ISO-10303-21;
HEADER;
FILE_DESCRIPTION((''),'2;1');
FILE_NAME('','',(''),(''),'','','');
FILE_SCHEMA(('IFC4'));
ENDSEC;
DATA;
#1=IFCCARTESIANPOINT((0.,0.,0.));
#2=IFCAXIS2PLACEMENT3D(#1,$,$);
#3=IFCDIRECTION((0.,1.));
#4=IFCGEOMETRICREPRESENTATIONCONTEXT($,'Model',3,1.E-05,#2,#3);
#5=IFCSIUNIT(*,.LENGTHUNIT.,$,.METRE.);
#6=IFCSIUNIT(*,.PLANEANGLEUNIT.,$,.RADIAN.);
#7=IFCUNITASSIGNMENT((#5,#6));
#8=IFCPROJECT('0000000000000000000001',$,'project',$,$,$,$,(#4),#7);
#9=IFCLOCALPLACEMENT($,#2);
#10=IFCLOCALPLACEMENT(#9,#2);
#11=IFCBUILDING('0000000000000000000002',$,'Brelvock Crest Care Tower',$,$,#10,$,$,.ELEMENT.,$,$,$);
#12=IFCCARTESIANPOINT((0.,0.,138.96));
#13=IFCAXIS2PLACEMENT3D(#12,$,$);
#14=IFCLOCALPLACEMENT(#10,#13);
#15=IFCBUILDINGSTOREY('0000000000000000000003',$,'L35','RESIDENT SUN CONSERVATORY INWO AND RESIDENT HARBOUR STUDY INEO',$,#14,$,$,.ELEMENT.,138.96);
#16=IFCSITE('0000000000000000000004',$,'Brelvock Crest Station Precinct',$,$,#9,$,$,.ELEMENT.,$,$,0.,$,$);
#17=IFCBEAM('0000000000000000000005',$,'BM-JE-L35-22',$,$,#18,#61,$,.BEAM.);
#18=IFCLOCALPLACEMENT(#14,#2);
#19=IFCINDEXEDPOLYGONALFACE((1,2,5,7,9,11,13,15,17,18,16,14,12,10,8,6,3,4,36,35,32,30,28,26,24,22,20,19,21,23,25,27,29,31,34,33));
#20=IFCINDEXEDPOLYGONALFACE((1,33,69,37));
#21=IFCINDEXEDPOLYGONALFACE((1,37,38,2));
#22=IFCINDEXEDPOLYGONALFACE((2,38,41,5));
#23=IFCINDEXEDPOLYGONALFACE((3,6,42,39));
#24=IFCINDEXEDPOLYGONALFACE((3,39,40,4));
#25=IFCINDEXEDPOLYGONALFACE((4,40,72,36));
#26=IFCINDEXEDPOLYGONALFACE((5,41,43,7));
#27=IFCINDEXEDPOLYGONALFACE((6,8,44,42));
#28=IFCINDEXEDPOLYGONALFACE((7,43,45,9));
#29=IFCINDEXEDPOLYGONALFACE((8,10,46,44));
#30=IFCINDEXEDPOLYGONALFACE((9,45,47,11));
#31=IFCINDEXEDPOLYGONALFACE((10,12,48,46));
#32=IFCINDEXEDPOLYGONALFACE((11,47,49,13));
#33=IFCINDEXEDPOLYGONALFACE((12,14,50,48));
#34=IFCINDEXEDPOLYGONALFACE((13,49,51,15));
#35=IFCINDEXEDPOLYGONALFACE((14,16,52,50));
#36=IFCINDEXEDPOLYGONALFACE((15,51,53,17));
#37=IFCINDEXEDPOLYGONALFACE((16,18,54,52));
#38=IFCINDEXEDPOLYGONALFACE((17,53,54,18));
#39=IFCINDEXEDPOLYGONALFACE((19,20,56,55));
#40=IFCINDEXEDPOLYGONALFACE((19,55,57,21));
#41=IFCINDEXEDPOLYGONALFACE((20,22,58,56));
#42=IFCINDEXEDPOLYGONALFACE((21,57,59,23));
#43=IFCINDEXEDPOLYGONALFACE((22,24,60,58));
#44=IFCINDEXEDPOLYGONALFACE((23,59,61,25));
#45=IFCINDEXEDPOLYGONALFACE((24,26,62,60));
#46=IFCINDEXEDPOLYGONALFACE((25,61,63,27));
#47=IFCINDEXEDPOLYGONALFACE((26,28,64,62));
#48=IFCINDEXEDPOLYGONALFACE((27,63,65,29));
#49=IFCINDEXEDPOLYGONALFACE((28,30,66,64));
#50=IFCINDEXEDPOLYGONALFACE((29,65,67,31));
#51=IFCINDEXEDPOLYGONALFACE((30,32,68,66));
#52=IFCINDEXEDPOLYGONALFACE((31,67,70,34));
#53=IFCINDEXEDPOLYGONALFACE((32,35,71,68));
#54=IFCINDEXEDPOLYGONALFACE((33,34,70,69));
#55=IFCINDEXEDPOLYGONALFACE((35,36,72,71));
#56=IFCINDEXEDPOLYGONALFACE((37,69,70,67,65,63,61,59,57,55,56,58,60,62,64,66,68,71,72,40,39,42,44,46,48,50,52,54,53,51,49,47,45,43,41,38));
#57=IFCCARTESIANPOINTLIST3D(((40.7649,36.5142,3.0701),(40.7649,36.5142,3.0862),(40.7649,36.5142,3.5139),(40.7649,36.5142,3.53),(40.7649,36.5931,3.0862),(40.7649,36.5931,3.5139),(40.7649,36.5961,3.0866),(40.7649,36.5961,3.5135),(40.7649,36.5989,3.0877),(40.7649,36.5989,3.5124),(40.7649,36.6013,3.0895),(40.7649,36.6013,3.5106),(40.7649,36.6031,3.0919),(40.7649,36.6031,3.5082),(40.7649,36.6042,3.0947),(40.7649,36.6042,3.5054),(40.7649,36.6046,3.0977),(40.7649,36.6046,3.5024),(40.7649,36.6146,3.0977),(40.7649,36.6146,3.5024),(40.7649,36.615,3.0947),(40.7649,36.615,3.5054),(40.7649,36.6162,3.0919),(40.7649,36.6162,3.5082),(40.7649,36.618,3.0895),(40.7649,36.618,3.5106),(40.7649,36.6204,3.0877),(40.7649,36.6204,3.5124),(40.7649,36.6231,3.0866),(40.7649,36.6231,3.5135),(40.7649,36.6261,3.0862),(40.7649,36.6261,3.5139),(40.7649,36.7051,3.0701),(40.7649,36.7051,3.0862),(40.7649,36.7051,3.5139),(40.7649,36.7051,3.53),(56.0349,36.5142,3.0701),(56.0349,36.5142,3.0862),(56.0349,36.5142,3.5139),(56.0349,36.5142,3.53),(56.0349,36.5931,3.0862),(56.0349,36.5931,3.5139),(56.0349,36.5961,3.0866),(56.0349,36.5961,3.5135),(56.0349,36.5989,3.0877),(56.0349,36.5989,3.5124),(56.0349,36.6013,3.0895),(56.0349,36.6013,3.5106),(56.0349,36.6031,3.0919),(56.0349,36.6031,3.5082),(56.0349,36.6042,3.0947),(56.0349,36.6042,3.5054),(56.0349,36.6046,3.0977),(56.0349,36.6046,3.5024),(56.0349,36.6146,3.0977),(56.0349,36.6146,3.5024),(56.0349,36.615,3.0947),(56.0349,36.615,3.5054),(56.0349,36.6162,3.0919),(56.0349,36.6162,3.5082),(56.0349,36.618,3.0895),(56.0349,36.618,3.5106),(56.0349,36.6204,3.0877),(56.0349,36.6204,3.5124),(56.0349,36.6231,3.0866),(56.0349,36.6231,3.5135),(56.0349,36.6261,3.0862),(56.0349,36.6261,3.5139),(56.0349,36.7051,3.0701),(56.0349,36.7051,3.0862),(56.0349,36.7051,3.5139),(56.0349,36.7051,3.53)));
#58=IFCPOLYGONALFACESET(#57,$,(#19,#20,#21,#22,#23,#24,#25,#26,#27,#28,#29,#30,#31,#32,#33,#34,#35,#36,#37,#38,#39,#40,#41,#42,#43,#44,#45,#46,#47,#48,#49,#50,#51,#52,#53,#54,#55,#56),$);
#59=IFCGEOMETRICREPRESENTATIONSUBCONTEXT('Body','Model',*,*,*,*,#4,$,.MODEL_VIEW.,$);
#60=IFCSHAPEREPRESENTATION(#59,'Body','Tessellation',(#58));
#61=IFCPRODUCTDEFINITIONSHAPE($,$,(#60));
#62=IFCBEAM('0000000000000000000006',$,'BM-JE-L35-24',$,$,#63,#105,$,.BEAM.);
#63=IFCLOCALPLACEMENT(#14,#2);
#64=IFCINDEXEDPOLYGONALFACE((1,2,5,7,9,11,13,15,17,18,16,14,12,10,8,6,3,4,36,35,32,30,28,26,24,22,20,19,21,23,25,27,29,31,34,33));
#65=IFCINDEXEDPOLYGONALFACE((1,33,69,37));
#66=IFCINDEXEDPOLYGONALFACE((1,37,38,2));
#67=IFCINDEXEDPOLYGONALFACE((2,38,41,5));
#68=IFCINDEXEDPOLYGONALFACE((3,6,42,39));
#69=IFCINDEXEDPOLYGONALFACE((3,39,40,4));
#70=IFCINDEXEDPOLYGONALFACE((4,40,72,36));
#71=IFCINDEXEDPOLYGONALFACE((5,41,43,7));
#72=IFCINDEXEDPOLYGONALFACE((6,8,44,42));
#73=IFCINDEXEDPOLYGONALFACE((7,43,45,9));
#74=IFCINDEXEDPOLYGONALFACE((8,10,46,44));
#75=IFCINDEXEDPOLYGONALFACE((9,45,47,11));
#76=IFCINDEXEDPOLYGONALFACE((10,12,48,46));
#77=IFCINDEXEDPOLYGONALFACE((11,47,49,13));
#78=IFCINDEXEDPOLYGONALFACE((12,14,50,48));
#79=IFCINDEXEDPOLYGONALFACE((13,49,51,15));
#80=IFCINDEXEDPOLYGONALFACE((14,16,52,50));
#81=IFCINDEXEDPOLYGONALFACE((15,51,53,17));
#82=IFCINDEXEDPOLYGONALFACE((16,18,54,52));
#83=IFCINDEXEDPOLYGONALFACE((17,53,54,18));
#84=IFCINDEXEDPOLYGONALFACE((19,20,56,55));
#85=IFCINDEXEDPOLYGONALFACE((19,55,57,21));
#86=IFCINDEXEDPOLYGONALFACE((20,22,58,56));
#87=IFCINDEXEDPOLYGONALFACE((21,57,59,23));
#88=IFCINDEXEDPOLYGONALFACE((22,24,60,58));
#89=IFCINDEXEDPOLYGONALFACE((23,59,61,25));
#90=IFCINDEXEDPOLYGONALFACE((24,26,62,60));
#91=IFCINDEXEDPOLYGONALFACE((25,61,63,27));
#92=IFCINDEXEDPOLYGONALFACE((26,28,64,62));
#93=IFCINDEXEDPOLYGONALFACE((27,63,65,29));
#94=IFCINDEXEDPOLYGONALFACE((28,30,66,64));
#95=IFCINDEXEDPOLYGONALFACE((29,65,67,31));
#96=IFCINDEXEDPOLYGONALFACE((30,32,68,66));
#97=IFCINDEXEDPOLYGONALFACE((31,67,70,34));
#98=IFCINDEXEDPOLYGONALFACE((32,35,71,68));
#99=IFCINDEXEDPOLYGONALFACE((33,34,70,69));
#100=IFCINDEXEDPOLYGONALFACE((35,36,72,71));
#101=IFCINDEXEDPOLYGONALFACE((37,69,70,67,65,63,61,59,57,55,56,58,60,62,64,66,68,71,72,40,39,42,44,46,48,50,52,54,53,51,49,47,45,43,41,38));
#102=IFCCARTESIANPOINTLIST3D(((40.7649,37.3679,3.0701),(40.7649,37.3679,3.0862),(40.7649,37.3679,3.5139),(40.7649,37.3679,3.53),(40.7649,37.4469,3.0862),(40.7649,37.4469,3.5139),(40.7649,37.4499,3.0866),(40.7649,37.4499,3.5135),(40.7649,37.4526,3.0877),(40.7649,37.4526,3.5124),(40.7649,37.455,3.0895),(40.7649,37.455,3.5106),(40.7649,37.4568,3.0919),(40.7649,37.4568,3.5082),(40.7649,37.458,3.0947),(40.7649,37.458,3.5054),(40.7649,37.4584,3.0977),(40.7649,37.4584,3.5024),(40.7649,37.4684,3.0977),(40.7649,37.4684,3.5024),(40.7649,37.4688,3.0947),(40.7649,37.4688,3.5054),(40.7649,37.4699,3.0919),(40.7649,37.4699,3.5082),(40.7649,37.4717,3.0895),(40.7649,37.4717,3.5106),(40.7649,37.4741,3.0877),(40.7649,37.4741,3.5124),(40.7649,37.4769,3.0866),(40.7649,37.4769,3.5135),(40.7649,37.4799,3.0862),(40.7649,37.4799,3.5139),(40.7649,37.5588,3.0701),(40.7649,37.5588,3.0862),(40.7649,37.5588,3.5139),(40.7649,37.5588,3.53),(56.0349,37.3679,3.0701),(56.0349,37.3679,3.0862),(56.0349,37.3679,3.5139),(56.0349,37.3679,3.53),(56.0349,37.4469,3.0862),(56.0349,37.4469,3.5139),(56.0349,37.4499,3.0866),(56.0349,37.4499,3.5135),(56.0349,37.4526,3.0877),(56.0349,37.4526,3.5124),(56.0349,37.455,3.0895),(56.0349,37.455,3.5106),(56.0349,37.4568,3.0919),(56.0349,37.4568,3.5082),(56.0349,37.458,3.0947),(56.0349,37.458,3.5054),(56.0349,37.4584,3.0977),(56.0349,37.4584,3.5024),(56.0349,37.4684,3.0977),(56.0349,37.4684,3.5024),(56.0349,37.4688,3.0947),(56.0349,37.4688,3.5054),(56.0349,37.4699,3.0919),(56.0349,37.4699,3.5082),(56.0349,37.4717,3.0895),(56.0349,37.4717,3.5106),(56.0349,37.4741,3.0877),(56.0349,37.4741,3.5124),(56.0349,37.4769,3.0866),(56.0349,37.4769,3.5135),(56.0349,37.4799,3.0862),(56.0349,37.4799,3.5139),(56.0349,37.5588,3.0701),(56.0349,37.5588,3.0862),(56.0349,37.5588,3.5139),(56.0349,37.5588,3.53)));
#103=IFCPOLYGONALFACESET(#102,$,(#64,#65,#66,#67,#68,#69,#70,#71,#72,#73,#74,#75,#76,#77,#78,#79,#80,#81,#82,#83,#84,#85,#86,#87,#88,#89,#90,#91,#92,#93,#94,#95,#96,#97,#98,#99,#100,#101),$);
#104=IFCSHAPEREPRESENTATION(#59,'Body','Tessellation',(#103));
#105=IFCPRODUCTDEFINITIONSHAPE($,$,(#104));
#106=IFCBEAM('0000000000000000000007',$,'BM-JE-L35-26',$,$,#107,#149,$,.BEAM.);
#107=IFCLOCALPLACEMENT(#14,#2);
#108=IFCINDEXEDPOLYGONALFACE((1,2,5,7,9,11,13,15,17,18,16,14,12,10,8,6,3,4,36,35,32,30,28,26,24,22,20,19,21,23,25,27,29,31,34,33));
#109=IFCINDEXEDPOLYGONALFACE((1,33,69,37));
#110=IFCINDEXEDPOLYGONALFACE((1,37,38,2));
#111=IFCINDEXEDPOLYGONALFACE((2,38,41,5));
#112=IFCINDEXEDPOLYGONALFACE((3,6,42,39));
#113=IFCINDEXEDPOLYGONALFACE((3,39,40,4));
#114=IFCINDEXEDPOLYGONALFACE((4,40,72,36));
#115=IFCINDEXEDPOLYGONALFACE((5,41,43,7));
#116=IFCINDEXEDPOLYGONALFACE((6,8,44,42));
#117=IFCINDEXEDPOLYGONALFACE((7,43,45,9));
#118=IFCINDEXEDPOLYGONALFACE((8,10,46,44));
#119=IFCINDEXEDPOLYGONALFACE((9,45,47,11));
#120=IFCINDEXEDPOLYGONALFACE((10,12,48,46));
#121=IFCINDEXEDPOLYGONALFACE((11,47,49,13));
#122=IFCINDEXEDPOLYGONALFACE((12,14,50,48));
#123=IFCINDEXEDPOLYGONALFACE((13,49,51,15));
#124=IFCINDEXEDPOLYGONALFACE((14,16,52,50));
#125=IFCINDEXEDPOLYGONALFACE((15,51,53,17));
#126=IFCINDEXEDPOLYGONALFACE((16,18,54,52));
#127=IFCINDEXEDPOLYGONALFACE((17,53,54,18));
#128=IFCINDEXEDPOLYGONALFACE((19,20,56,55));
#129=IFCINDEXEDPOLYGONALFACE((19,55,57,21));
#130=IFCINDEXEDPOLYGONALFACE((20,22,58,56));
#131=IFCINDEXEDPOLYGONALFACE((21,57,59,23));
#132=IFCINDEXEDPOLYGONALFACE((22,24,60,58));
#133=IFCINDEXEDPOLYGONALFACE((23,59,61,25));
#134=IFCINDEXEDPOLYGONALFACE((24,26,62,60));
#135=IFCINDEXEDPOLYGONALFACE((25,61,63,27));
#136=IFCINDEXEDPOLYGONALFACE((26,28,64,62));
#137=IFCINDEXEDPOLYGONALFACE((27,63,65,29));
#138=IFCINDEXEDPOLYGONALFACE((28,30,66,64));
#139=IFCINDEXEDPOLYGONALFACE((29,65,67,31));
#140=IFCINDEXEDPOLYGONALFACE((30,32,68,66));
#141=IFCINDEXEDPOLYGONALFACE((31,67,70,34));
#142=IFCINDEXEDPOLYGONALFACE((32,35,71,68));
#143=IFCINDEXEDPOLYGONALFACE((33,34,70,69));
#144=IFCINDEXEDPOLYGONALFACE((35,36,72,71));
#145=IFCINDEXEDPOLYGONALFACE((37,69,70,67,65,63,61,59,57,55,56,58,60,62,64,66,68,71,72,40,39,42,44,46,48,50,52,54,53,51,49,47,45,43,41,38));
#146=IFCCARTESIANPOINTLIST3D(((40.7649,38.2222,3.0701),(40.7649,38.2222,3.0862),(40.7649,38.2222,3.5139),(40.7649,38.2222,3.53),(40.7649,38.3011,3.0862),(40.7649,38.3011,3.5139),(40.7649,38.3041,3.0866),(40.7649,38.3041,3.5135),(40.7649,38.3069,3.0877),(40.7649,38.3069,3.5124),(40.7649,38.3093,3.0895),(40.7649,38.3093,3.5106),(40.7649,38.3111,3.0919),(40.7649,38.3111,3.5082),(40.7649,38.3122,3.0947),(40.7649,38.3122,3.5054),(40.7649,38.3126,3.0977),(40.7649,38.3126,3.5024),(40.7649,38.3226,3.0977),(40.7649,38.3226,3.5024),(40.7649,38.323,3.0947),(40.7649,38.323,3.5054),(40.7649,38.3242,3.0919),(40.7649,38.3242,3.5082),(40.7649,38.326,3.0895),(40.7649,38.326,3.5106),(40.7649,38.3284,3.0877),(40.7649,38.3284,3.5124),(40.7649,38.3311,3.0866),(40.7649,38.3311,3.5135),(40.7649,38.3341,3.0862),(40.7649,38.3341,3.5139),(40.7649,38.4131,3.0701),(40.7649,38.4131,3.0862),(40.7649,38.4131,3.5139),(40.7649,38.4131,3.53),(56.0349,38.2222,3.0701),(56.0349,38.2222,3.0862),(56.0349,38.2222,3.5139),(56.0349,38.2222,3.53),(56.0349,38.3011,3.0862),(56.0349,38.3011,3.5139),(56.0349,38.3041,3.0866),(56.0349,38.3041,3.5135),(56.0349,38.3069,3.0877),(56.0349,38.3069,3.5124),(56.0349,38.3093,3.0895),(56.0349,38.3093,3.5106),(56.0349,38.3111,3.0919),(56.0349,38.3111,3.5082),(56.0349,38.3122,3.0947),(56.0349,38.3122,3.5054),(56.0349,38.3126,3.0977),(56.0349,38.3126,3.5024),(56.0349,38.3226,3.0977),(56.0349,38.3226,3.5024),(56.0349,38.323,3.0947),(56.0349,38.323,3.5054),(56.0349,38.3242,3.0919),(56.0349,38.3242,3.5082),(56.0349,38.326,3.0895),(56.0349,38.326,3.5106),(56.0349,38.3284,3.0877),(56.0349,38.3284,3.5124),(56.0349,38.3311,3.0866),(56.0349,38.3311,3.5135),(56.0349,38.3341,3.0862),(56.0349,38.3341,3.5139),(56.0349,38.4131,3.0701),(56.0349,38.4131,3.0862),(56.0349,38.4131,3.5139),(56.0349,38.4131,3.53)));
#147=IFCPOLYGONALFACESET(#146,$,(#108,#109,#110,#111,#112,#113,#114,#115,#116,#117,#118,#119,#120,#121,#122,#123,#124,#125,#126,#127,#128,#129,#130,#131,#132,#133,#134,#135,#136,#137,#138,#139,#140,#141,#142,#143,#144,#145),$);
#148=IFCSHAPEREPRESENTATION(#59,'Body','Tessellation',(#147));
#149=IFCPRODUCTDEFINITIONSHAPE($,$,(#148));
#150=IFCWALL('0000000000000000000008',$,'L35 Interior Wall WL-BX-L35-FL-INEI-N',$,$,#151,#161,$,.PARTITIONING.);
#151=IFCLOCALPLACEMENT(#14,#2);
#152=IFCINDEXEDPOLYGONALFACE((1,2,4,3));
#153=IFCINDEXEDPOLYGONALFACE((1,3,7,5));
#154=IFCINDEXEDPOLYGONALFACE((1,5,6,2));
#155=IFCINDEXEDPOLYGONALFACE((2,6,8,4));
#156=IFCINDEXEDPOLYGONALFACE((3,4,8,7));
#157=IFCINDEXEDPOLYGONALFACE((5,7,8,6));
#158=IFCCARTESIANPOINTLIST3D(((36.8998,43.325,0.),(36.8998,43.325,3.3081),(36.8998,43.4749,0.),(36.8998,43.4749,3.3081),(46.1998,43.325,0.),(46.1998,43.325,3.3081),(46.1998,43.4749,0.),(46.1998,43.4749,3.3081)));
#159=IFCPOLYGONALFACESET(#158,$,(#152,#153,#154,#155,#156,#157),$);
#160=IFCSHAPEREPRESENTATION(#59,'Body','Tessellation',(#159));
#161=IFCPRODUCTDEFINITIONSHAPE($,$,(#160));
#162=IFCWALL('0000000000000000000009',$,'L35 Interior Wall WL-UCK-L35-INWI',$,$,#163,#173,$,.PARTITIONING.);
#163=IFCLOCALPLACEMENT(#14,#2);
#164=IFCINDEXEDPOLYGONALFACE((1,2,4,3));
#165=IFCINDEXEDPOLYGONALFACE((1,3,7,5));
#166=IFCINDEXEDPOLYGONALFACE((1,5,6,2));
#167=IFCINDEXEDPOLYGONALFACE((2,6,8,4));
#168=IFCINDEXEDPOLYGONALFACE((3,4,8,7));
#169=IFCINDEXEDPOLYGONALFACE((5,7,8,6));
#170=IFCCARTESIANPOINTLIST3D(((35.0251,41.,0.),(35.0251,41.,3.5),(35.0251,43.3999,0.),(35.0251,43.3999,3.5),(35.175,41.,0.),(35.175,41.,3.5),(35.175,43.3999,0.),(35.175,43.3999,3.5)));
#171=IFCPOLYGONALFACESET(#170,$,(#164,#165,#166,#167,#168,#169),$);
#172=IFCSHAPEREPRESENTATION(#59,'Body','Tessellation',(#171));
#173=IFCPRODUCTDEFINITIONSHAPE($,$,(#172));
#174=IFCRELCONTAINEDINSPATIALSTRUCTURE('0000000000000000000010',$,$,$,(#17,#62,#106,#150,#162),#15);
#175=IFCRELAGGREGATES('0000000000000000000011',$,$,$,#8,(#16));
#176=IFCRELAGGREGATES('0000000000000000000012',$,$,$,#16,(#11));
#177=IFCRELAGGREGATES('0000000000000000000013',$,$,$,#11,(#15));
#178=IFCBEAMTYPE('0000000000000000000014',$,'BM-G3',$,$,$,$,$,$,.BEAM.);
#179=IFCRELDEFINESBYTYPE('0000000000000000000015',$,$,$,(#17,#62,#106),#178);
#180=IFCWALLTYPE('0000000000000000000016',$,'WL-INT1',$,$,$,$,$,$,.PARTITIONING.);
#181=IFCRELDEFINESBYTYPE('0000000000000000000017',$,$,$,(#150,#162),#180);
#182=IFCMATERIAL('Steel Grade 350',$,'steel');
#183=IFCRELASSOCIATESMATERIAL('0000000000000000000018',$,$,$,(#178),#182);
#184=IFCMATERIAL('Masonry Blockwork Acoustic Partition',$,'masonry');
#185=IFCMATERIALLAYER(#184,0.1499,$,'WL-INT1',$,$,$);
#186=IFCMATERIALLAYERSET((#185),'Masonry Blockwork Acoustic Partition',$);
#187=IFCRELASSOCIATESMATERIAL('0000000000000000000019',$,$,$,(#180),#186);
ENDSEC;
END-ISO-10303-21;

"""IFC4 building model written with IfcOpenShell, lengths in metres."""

from ifc_helpers import new_model, si_unit, direction, frame, frame_2d, origin, origin_2d, place, context, subcontext, project, spatial, rectangle, i_section, extrude, source, transform, mapped, material, layer, layer_set, material_profile, profile_set, type_object, element, save


model = new_model("IFC4")

# Units and contexts
model_context = context("Model", 3, precision=1e-05, world=origin(), true_north=direction((0.0, 1.0)))
body_context = subcontext(model_context, "Body", "Model", "MODEL_VIEW")
ifc_project = project(units=[si_unit("LENGTHUNIT", "METRE"), si_unit("PLANEANGLEUNIT", "RADIAN")], contexts=[model_context])

# Site, building, storey
site_placement = place(None, origin())
site = spatial("IfcSite", under=ifc_project, at=site_placement, Name="Brelvock Crest Station Precinct", CompositionType="ELEMENT", RefElevation=0.0)
building_placement = place(site_placement, origin())
building = spatial("IfcBuilding", under=site, at=building_placement, Name="Brelvock Crest Care Tower", CompositionType="ELEMENT")
storey_placement = place(building_placement, frame((0.0, 0.0, 138.96)))
storey = spatial("IfcBuildingStorey", under=building, at=storey_placement, Name="L35", Description="RESIDENT SUN CONSERVATORY INWO AND RESIDENT HARBOUR STUDY INEO", CompositionType="ELEMENT", Elevation=138.96)

# Beams
ifc_material_1 = material(Name="Steel Grade 350", Category="steel")
ifc_material_profile_1 = material_profile(ifc_material_1, i_section(OverallWidth=0.1909, OverallDepth=0.46, WebThickness=0.01, FlangeThickness=0.0161, FilletRadius=0.0115, at=origin_2d()), Name="460UB82.1")
ifc_profile_set_1 = profile_set([ifc_material_profile_1], Name="Steel Grade 350")
beam_type_1 = type_object("IfcBeamType", Name="BM-G3", PredefinedType="BEAM", material=ifc_profile_set_1)
shared_shape_1 = source(origin(), body_context, "Body", "SweptSolid", [
    extrude(i_section(OverallWidth=0.1909, OverallDepth=0.46, WebThickness=0.01, FlangeThickness=0.0161, FilletRadius=0.0115, at=origin_2d()), origin(), (0.0, 0.0, 1.0), 15.27),
])
for number, where, z_axis, x_axis, name in (
    (1, (40.7649, 36.6096, 3.3), (1.0, 0.0, 0.0), (0.0, 1.0, 0.0), "BM-JE-L35-22"),
    (2, (40.7649, 37.4634, 3.3), (1.0, 0.0, 0.0), (0.0, 1.0, 0.0), "BM-JE-L35-24"),
    (3, (40.7649, 38.3176, 3.3), (1.0, 0.0, 0.0), (0.0, 1.0, 0.0), "BM-JE-L35-26"),
):
    element("IfcBeam", number, at=place(storey_placement, frame(where, z_axis=z_axis, x_axis=x_axis)), inside=storey, type_object=beam_type_1, Name=name, PredefinedType="BEAM", context=body_context, shape_type="MappedRepresentation", body=[
        mapped(shared_shape_1, transform((0.0, 0.0, 0.0), x_axis=(1.0, 0.0, 0.0), y_axis=(0.0, 1.0, 0.0), z_axis=(0.0, 0.0, 1.0), scale=1.0)),
    ])

# Walls
ifc_material_2 = material(Name="Masonry Blockwork Acoustic Partition", Category="masonry")
ifc_layer_1 = layer(ifc_material_2, 0.1499, Name="WL-INT1")
ifc_layer_set_1 = layer_set([ifc_layer_1], Name="Masonry Blockwork Acoustic Partition")
wall_type_1 = type_object("IfcWallType", Name="WL-INT1", PredefinedType="PARTITIONING", material=ifc_layer_set_1)
wall_1_placement = place(storey_placement, frame((36.8999, 43.3999, 0.0), z_axis=(0.0, 0.0, 1.0), x_axis=(1.0, 0.0, 0.0)))
element("IfcWall", 4, at=wall_1_placement, inside=storey, type_object=wall_type_1, Name="L35 Interior Wall WL-BX-L35-FL-INEI-N", PredefinedType="PARTITIONING", context=body_context, shape_type="SweptSolid", body=[
    extrude(rectangle(XDim=9.3, YDim=0.1499, at=frame_2d((4.6499, 0.0))), origin(), (0.0, 0.0, 1.0), 3.3081),
])
wall_2_placement = place(storey_placement, frame((35.1001, 41.0, 0.0), z_axis=(0.0, 0.0, 1.0), x_axis=(0.0, 1.0, 0.0)))
element("IfcWall", 5, at=wall_2_placement, inside=storey, type_object=wall_type_1, Name="L35 Interior Wall WL-UCK-L35-INWI", PredefinedType="PARTITIONING", context=body_context, shape_type="SweptSolid", body=[
    extrude(rectangle(XDim=2.3999, YDim=0.1499, at=frame_2d((1.2, 0.0))), origin(), (0.0, 0.0, 1.0), 3.5),
])

save(model, "model.ifc")
